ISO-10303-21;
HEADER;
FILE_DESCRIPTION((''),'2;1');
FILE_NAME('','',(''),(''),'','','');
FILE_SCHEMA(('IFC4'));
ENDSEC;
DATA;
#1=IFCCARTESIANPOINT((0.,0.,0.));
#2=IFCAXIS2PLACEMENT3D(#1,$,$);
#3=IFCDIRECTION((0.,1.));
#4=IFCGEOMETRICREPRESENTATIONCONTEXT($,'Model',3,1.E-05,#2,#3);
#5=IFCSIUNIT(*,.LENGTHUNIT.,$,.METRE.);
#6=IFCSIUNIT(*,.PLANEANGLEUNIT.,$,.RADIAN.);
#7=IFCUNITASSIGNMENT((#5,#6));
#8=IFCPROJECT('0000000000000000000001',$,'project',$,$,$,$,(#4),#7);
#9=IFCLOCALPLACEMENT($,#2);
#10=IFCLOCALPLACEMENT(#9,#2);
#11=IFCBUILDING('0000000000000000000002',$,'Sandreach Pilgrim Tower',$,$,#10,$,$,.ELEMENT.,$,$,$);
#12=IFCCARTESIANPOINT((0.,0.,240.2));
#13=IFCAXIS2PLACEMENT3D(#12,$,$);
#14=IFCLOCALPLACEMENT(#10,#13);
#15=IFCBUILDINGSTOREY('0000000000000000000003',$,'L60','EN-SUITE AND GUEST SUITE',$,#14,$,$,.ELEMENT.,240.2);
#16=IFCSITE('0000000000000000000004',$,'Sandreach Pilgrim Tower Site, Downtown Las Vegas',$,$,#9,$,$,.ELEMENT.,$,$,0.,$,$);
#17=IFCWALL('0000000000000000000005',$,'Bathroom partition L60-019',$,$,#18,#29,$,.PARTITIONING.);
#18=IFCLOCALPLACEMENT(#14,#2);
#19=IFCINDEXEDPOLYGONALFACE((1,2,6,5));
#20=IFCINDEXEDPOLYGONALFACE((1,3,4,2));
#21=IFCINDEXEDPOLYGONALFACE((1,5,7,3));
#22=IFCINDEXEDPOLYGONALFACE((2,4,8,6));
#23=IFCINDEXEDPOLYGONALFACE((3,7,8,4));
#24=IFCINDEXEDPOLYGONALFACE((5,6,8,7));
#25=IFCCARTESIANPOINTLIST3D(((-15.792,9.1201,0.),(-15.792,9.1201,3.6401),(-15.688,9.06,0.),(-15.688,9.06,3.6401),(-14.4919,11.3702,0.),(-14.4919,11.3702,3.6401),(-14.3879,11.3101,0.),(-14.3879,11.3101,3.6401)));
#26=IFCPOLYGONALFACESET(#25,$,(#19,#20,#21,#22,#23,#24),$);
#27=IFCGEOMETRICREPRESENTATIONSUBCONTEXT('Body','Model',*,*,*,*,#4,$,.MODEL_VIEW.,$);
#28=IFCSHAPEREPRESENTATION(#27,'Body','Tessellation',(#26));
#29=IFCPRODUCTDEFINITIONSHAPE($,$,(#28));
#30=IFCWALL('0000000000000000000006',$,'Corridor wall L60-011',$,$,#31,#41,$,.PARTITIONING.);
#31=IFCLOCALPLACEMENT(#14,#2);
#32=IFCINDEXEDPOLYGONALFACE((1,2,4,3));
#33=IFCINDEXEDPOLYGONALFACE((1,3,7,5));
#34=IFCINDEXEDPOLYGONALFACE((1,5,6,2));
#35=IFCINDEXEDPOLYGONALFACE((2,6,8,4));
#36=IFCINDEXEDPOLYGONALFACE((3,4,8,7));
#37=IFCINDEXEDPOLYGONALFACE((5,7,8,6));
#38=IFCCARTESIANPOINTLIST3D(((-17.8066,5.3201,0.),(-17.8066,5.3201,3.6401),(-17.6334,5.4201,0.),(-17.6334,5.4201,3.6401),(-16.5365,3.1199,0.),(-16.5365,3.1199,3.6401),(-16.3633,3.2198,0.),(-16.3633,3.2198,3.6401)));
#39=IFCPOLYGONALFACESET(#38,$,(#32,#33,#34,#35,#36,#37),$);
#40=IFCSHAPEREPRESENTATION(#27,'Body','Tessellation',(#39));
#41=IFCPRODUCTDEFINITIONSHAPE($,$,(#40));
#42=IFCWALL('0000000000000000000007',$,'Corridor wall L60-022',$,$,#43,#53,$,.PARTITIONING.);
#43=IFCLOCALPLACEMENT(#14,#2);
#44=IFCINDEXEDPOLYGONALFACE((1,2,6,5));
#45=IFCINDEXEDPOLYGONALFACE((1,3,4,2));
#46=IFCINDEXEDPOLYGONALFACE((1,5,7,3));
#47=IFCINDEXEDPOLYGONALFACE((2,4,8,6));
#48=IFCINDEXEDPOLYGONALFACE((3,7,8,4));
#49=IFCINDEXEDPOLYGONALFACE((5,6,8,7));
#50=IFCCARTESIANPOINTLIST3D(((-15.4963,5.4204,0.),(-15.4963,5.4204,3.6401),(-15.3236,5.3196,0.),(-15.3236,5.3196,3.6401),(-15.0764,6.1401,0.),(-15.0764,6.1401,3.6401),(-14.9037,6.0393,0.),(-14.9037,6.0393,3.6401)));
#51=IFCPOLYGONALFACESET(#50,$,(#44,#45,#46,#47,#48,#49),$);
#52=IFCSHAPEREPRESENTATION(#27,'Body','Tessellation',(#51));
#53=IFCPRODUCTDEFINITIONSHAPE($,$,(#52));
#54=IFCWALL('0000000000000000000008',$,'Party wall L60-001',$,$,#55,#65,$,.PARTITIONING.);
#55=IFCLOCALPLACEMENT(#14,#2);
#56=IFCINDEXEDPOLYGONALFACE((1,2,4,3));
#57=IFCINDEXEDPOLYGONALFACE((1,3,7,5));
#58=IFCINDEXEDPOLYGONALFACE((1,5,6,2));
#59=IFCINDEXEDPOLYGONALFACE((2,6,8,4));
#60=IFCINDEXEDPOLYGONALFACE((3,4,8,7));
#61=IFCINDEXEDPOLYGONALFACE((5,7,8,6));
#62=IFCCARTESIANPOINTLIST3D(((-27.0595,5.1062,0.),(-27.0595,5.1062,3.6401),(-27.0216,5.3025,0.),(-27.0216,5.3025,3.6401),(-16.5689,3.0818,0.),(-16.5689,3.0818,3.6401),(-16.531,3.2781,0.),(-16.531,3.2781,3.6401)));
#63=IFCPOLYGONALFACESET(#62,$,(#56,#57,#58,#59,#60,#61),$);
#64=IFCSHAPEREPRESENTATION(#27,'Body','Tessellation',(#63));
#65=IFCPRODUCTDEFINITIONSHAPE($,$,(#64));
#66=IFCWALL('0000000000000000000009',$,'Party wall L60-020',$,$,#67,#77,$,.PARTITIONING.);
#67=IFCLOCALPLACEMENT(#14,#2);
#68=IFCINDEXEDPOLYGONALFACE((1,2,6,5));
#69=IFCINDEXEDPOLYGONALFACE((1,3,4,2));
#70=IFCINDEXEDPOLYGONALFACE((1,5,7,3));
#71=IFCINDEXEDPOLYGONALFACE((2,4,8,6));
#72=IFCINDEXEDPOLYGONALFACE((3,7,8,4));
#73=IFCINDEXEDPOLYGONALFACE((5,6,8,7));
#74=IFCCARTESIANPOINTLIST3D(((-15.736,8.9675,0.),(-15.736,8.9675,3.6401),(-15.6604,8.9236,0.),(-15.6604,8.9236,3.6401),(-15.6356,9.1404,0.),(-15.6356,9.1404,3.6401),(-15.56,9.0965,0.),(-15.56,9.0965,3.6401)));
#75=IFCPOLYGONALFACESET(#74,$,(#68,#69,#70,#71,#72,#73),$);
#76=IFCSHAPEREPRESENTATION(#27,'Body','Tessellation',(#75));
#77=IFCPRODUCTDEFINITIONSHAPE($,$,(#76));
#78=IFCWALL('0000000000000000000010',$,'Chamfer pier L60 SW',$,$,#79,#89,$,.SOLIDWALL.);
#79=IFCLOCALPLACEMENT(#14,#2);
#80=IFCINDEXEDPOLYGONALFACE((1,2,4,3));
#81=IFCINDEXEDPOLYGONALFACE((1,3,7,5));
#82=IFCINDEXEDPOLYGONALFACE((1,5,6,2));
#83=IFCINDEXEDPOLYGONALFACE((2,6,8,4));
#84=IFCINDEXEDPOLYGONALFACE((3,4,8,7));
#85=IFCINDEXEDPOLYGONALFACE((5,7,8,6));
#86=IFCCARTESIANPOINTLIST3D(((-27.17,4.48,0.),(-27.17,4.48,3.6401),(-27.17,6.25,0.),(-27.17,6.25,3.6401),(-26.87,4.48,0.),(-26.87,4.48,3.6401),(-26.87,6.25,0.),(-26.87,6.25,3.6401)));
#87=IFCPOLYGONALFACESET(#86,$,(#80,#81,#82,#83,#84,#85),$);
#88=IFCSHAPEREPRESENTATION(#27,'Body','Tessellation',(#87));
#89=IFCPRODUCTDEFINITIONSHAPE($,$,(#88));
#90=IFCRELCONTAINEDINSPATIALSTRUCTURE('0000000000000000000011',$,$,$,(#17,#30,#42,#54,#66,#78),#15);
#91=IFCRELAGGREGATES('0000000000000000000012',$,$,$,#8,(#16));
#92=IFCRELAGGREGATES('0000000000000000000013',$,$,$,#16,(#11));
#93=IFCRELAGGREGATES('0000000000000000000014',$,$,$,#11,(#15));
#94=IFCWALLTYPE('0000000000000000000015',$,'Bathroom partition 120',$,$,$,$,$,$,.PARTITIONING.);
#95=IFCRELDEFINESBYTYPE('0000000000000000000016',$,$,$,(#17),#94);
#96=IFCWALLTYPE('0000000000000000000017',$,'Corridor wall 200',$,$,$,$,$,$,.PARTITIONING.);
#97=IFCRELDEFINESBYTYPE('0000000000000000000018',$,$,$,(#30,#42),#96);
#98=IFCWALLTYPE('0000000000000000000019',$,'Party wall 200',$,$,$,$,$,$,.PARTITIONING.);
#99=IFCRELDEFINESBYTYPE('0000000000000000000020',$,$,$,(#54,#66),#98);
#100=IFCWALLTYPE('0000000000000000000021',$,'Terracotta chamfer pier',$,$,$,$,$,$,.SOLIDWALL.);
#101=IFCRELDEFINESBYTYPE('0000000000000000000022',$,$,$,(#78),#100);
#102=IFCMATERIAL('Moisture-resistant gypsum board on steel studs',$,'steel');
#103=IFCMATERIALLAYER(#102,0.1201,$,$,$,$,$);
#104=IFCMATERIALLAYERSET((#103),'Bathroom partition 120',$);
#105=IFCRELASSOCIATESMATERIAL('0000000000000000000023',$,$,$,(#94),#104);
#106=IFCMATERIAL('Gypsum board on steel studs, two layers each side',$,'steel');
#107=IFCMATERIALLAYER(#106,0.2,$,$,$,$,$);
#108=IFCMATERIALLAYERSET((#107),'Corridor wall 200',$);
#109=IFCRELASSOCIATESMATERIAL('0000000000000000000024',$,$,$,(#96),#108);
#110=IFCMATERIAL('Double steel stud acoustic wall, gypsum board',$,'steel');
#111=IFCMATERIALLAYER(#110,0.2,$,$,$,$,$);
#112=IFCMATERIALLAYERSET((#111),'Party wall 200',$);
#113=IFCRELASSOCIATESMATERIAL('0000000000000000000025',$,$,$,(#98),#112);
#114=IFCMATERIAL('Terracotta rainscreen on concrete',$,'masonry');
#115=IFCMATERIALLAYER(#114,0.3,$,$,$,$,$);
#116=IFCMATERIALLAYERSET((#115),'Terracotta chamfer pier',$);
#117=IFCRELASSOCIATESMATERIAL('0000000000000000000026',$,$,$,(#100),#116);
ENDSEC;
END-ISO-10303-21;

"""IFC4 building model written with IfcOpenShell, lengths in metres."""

from ifc_helpers import new_model, si_unit, direction, frame, frame_2d, origin, place, context, subcontext, project, spatial, rectangle, extrude, material, layer, layer_set, type_object, element, save


model = new_model("IFC4")

# Units and contexts
model_context = context("Model", 3, precision=1e-05, world=origin(), true_north=direction((0.0, 1.0)))
body_context = subcontext(model_context, "Body", "Model", "MODEL_VIEW")
ifc_project = project(units=[si_unit("LENGTHUNIT", "METRE"), si_unit("PLANEANGLEUNIT", "RADIAN")], contexts=[model_context])

# Site, building, storey
site_placement = place(None, origin())
site = spatial("IfcSite", under=ifc_project, at=site_placement, Name="Sandreach Pilgrim Tower Site, Downtown Las Vegas", CompositionType="ELEMENT", RefElevation=0.0)
building_placement = place(site_placement, origin())
building = spatial("IfcBuilding", under=site, at=building_placement, Name="Sandreach Pilgrim Tower", CompositionType="ELEMENT")
storey_placement = place(building_placement, frame((0.0, 0.0, 240.2)))
storey = spatial("IfcBuildingStorey", under=building, at=storey_placement, Name="L60", Description="EN-SUITE AND GUEST SUITE", CompositionType="ELEMENT", Elevation=240.2)

# Walls
ifc_material_1 = material(Name="Moisture-resistant gypsum board on steel studs", Category="steel")
ifc_layer_1 = layer(ifc_material_1, 0.1201)
ifc_layer_set_1 = layer_set([ifc_layer_1], Name="Bathroom partition 120")
wall_type_1 = type_object("IfcWallType", Name="Bathroom partition 120", PredefinedType="PARTITIONING", material=ifc_layer_set_1)
wall_1_placement = place(storey_placement, frame((-15.74, 9.0901, 0.0), z_axis=(0.0, 0.0, 1.0), x_axis=(0.500292, 0.865857, 0.0)))
element("IfcWall", 1, at=wall_1_placement, inside=storey, type_object=wall_type_1, Name="Bathroom partition L60-019", PredefinedType="PARTITIONING", context=body_context, shape_type="SweptSolid", body=[
    extrude(rectangle(XDim=2.5986, YDim=0.1201, at=frame_2d((1.2993, 0.0))), origin(), (0.0, 0.0, 1.0), 3.6401),
])
ifc_material_2 = material(Name="Gypsum board on steel studs, two layers each side", Category="steel")
ifc_layer_2 = layer(ifc_material_2, 0.2)
ifc_layer_set_2 = layer_set([ifc_layer_2], Name="Corridor wall 200")
wall_type_2 = type_object("IfcWallType", Name="Corridor wall 200", PredefinedType="PARTITIONING", material=ifc_layer_set_2)
wall_2_placement = place(storey_placement, frame((-17.72, 5.3701, 0.0), z_axis=(0.0, 0.0, 1.0), x_axis=(0.499922, -0.86607, 0.0)))
element("IfcWall", 2, at=wall_2_placement, inside=storey, type_object=wall_type_2, Name="Corridor wall L60-011", PredefinedType="PARTITIONING", context=body_context, shape_type="SweptSolid", body=[
    extrude(rectangle(XDim=2.5405, YDim=0.2, at=frame_2d((1.2703, 0.0))), origin(), (0.0, 0.0, 1.0), 3.6401),
])

# Walls
wall_3_placement = place(storey_placement, frame((-15.4099, 5.3701, 0.0), z_axis=(0.0, 0.0, 1.0), x_axis=(0.503944, 0.863736, 0.0)))
element("IfcWall", 3, at=wall_3_placement, inside=storey, type_object=wall_type_2, Name="Corridor wall L60-022", PredefinedType="PARTITIONING", context=body_context, shape_type="SweptSolid", body=[
    extrude(rectangle(XDim=0.8333, YDim=0.2, at=frame_2d((0.4165, 0.0))), origin(), (0.0, 0.0, 1.0), 3.6401),
])
ifc_material_3 = material(Name="Double steel stud acoustic wall, gypsum board", Category="steel")
ifc_layer_3 = layer(ifc_material_3, 0.2)
ifc_layer_set_3 = layer_set([ifc_layer_3], Name="Party wall 200")
wall_type_3 = type_object("IfcWallType", Name="Party wall 200", PredefinedType="PARTITIONING", material=ifc_layer_set_3)
wall_4_placement = place(storey_placement, frame((-27.0405, 5.2043, 0.0), z_axis=(0.0, 0.0, 1.0), x_axis=(0.981884, -0.18948, 0.0)))
element("IfcWall", 4, at=wall_4_placement, inside=storey, type_object=wall_type_3, Name="Party wall L60-001", PredefinedType="PARTITIONING", context=body_context, shape_type="SweptSolid", body=[
    extrude(rectangle(XDim=10.6841, YDim=0.2, at=frame_2d((5.342, 0.0))), origin(), (0.0, 0.0, 1.0), 3.6401),
])
wall_5_placement = place(storey_placement, frame((-15.6858, 9.054, 0.0), z_axis=(0.0, 0.0, 1.0), x_axis=(0.864789, -0.502136, 0.0)))
element("IfcWall", 5, at=wall_5_placement, inside=storey, type_object=wall_type_3, Name="Party wall L60-020", PredefinedType="PARTITIONING", context=body_context, shape_type="SweptSolid", body=[
    extrude(rectangle(XDim=0.0874, YDim=0.2, at=frame_2d((0.0437, 0.0))), origin(), (0.0, 0.0, 1.0), 3.6401),
])
ifc_material_4 = material(Name="Terracotta rainscreen on concrete", Category="masonry")
ifc_layer_4 = layer(ifc_material_4, 0.3)
ifc_layer_set_4 = layer_set([ifc_layer_4], Name="Terracotta chamfer pier")
wall_type_4 = type_object("IfcWallType", Name="Terracotta chamfer pier", PredefinedType="SOLIDWALL", material=ifc_layer_set_4)
wall_6_placement = place(storey_placement, frame((-27.02, 4.48, 0.0), z_axis=(0.0, 0.0, 1.0), x_axis=(0.0, 1.0, 0.0)))
element("IfcWall", 6, at=wall_6_placement, inside=storey, type_object=wall_type_4, Name="Chamfer pier L60 SW", PredefinedType="SOLIDWALL", context=body_context, shape_type="SweptSolid", body=[
    extrude(rectangle(XDim=1.77, YDim=0.3, at=frame_2d((0.885, 0.0))), origin(), (0.0, 0.0, 1.0), 3.6401),
])

save(model, "model.ifc")
